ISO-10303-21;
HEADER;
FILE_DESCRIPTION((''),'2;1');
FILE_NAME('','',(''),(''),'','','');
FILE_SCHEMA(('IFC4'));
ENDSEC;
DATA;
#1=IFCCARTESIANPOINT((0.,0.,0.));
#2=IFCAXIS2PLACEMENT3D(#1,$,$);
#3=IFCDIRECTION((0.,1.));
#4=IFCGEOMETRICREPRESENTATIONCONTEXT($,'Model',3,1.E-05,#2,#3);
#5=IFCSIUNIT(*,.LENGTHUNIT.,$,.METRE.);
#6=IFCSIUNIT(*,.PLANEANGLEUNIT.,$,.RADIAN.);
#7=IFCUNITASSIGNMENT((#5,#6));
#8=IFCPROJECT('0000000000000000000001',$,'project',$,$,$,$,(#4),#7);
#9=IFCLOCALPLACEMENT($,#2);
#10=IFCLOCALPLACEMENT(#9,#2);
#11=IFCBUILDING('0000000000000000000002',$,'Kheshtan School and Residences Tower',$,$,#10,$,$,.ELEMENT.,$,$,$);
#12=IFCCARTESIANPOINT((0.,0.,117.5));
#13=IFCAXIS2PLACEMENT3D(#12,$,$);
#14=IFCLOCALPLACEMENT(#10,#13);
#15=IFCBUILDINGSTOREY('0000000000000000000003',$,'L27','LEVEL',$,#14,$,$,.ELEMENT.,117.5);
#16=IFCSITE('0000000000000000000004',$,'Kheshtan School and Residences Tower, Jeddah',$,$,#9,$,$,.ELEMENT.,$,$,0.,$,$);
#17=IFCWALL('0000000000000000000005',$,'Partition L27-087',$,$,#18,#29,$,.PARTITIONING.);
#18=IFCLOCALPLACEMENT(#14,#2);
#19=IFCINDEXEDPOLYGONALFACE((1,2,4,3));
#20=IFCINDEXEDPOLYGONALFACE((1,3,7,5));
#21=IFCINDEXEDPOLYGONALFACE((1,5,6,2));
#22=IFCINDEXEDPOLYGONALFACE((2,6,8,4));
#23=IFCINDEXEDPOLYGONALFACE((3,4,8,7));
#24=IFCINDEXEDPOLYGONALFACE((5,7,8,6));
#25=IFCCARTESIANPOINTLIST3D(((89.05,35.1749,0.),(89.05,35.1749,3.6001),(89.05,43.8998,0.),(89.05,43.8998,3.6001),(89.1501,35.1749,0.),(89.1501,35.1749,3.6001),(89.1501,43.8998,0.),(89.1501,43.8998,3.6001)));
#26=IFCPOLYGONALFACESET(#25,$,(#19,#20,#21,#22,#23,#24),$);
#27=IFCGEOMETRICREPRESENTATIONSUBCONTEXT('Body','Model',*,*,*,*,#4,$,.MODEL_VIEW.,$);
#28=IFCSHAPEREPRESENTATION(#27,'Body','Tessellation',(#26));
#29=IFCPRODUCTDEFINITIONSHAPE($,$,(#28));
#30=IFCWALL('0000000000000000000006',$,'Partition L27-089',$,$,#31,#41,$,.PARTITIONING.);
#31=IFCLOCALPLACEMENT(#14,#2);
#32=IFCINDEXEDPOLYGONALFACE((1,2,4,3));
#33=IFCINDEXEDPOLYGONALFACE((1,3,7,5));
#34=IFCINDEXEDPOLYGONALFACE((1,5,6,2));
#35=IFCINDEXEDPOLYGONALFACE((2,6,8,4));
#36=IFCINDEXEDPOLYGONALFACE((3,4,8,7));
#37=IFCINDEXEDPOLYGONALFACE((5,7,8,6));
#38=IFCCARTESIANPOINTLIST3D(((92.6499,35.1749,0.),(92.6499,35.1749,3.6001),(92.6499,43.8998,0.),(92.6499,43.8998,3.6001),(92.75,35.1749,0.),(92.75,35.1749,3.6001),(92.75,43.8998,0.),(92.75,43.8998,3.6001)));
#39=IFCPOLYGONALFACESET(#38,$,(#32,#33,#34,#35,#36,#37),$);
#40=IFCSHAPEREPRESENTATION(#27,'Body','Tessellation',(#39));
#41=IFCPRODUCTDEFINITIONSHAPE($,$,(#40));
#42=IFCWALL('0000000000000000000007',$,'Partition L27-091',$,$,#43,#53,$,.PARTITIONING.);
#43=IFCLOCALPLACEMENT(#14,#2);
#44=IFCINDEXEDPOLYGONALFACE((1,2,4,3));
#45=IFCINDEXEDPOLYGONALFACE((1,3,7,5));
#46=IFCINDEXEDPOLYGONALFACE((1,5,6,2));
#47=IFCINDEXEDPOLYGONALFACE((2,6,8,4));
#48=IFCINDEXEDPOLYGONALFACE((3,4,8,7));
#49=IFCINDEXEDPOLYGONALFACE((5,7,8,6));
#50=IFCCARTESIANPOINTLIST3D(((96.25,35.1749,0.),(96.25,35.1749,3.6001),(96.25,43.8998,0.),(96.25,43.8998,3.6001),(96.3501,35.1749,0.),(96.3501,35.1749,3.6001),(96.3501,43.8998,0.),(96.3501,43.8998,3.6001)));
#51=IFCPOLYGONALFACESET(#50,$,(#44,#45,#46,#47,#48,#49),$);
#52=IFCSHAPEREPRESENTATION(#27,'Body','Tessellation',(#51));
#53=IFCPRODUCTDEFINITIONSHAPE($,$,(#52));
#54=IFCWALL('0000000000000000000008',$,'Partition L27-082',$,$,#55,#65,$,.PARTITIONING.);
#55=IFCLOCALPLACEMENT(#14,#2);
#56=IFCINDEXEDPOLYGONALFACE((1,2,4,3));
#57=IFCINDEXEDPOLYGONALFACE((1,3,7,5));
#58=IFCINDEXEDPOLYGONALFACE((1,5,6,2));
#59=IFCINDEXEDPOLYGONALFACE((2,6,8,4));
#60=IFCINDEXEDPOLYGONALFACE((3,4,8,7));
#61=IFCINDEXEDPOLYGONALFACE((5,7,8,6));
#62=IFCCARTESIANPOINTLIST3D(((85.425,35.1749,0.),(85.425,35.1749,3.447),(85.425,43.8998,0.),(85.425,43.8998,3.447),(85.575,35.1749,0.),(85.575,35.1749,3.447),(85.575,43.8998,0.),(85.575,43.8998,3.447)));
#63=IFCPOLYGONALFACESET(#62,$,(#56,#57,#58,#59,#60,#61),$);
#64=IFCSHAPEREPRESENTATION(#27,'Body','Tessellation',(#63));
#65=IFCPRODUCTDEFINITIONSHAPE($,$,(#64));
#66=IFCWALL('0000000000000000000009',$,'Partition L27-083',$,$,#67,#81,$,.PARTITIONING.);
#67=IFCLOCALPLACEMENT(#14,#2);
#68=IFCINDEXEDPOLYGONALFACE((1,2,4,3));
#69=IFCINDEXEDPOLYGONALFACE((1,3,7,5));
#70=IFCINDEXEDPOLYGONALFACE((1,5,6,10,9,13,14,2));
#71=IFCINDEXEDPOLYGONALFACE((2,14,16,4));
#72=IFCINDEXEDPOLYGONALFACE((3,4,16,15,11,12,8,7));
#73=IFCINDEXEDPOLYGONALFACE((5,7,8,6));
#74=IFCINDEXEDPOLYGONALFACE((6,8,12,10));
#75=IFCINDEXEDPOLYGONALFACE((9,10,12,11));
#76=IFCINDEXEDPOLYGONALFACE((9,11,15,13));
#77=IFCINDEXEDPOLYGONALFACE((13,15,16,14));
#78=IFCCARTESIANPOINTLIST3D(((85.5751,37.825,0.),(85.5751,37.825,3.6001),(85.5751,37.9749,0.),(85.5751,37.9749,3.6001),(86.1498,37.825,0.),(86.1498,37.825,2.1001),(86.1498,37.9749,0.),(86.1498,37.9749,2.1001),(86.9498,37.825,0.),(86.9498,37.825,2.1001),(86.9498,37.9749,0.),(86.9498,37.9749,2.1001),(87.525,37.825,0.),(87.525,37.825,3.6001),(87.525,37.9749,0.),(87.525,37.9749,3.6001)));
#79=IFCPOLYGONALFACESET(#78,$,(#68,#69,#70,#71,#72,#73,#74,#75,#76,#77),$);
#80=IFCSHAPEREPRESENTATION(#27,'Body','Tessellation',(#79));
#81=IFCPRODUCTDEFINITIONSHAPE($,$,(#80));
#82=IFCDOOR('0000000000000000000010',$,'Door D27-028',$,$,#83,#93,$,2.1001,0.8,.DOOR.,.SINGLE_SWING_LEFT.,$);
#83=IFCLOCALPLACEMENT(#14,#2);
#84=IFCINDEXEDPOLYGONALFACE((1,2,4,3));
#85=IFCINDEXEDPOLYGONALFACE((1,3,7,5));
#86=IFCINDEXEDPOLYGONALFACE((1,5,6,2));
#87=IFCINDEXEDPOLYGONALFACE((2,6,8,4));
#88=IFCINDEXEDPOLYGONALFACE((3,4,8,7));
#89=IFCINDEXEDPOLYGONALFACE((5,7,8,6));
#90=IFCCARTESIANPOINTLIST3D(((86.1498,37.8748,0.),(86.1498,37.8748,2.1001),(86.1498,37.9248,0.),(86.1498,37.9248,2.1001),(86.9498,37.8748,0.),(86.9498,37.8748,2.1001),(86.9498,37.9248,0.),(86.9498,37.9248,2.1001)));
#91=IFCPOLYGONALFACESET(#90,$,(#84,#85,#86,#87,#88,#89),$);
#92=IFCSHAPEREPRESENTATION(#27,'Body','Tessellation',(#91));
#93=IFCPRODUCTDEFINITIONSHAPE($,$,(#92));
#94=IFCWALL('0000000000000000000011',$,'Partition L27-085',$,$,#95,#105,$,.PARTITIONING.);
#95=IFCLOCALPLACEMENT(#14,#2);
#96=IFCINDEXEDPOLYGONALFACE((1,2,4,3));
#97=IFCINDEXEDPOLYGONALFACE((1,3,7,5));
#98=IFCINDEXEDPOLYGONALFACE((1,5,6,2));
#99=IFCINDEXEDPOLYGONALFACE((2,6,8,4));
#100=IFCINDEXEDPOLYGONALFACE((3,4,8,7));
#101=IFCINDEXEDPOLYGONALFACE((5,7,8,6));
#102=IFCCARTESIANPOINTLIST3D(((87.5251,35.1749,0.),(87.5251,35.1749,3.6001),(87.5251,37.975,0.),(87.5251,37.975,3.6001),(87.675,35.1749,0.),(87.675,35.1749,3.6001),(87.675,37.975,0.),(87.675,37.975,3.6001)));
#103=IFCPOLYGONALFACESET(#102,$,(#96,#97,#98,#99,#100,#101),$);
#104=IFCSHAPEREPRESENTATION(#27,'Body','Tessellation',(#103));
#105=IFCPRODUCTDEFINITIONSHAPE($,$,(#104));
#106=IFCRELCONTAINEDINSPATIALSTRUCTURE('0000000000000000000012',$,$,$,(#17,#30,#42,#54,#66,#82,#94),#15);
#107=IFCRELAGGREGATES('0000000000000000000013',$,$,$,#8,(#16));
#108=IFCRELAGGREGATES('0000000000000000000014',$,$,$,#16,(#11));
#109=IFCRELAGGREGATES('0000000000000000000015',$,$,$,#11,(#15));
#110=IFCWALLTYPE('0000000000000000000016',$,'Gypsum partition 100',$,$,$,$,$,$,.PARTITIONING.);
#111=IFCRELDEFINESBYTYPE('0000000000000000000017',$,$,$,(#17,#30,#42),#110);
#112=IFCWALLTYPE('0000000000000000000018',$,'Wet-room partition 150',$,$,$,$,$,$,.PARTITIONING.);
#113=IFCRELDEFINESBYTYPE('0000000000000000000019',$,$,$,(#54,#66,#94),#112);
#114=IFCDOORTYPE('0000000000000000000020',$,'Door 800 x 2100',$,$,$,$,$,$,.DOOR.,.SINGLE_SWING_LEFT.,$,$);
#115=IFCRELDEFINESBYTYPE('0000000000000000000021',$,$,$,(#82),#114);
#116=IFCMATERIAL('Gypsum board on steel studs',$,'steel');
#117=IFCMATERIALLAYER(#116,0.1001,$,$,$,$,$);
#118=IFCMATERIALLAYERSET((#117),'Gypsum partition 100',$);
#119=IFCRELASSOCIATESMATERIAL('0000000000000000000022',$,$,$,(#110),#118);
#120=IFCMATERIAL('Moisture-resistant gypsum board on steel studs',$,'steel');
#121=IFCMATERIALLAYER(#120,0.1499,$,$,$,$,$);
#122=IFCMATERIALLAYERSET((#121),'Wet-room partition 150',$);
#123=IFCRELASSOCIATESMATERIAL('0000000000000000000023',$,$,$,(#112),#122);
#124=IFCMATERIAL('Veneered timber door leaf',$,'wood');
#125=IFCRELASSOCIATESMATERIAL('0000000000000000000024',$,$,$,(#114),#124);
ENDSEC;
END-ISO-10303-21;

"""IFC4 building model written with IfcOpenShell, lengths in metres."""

from ifc_helpers import new_model, si_unit, direction, frame, frame_2d, origin, place, context, subcontext, project, spatial, rectangle, extrude, source, transform, mapped, material, layer, layer_set, type_object, element, fill, save


model = new_model("IFC4")

# Units and contexts
model_context = context("Model", 3, precision=1e-05, world=origin(), true_north=direction((0.0, 1.0)))
body_context = subcontext(model_context, "Body", "Model", "MODEL_VIEW")
ifc_project = project(units=[si_unit("LENGTHUNIT", "METRE"), si_unit("PLANEANGLEUNIT", "RADIAN")], contexts=[model_context])

# Site, building, storey
site_placement = place(None, origin())
site = spatial("IfcSite", under=ifc_project, at=site_placement, Name="Kheshtan School and Residences Tower, Jeddah", CompositionType="ELEMENT", RefElevation=0.0)
building_placement = place(site_placement, origin())
building = spatial("IfcBuilding", under=site, at=building_placement, Name="Kheshtan School and Residences Tower", CompositionType="ELEMENT")
storey_placement = place(building_placement, frame((0.0, 0.0, 117.5)))
storey = spatial("IfcBuildingStorey", under=building, at=storey_placement, Name="L27", Description="LEVEL", CompositionType="ELEMENT", Elevation=117.5)

# Walls
ifc_material_1 = material(Name="Gypsum board on steel studs", Category="steel")
ifc_layer_1 = layer(ifc_material_1, 0.1001)
ifc_layer_set_1 = layer_set([ifc_layer_1], Name="Gypsum partition 100")
wall_type_1 = type_object("IfcWallType", Name="Gypsum partition 100", PredefinedType="PARTITIONING", material=ifc_layer_set_1)
for number, where, z_axis, x_axis, name in (
    (1, (89.1001, 35.175, 0.0), (0.0, 0.0, 1.0), (0.0, 1.0, 0.0), "Partition L27-087"),
    (2, (92.7, 35.175, 0.0), (0.0, 0.0, 1.0), (0.0, 1.0, 0.0), "Partition L27-089"),
    (3, (96.3, 35.175, 0.0), (0.0, 0.0, 1.0), (0.0, 1.0, 0.0), "Partition L27-091"),
):
    element("IfcWall", number, at=place(storey_placement, frame(where, z_axis=z_axis, x_axis=x_axis)), inside=storey, type_object=wall_type_1, Name=name, PredefinedType="PARTITIONING", context=body_context, shape_type="SweptSolid", body=[
        extrude(rectangle(XDim=8.7249, YDim=0.1001, at=frame_2d((4.3623, 0.0))), origin(), (0.0, 0.0, 1.0), 3.6001),
    ])
ifc_material_2 = material(Name="Moisture-resistant gypsum board on steel studs", Category="steel")
ifc_layer_2 = layer(ifc_material_2, 0.1499)
ifc_layer_set_2 = layer_set([ifc_layer_2], Name="Wet-room partition 150")
wall_type_2 = type_object("IfcWallType", Name="Wet-room partition 150", PredefinedType="PARTITIONING", material=ifc_layer_set_2)
wall_1_placement = place(storey_placement, frame((85.5, 35.175, 0.0), z_axis=(0.0, 0.0, 1.0), x_axis=(0.0, 1.0, 0.0)))
element("IfcWall", 4, at=wall_1_placement, inside=storey, type_object=wall_type_2, Name="Partition L27-082", PredefinedType="PARTITIONING", context=body_context, shape_type="SweptSolid", body=[
    extrude(rectangle(XDim=8.7249, YDim=0.1499, at=frame_2d((4.3623, 0.0))), origin(), (0.0, 0.0, 1.0), 3.447),
])

# Wall, opening, door
wall_2_placement = place(storey_placement, frame((85.575, 37.8999, 0.0), z_axis=(0.0, 0.0, 1.0), x_axis=(1.0, 0.0, 0.0)))
wall_2 = element("IfcWall", 5, at=wall_2_placement, inside=storey, type_object=wall_type_2, Name="Partition L27-083", PredefinedType="PARTITIONING", context=body_context, shape_type="SweptSolid", body=[
    extrude(rectangle(XDim=1.95, YDim=0.1499, at=frame_2d((0.9751, 0.0))), origin(), (0.0, 0.0, 1.0), 3.6001),
])
opening_1_placement = place(wall_2_placement, frame((0.575, 0.0, 0.0)))
opening_1 = element("IfcOpeningElement", 6, at=opening_1_placement, cuts=wall_2, PredefinedType="OPENING", context=body_context, shape_type="SweptSolid", body=[
    extrude(rectangle(XDim=0.8, YDim=2.1001, at=frame_2d((0.3999, 1.05))), frame((0.0, 0.085, 0.0), z_axis=(0.0, -1.0, 0.0), x_axis=(1.0, 0.0, 0.0)), (0.0, 0.0, 1.0), 0.1699),
])
ifc_material_3 = material(Name="Veneered timber door leaf", Category="wood")
door_type_1 = type_object("IfcDoorType", Name="Door 800 x 2100", OperationType="SINGLE_SWING_LEFT", PredefinedType="DOOR", material=ifc_material_3)
shared_shape_1 = source(origin(), body_context, "Body", "SweptSolid", [
    extrude(rectangle(XDim=0.8, YDim=2.1001, at=frame_2d((0.3999, 1.05))), frame((0.0, 0.0249, 0.0), z_axis=(0.0, -1.0, 0.0), x_axis=(1.0, 0.0, 0.0)), (0.0, 0.0, 1.0), 0.05),
])
door_1_placement = place(opening_1_placement, origin())
door_1 = element("IfcDoor", 7, at=door_1_placement, inside=storey, type_object=door_type_1, Name="Door D27-028", OperationType="SINGLE_SWING_LEFT", OverallHeight=2.1001, OverallWidth=0.8, PredefinedType="DOOR", context=body_context, shape_type="MappedRepresentation", body=[
    mapped(shared_shape_1, transform((0.0, 0.0, 0.0), x_axis=(1.0, 0.0, 0.0), y_axis=(0.0, 1.0, 0.0), z_axis=(0.0, 0.0, 1.0), scale=1.0)),
])
fill(opening_1, door_1)

# Wall
wall_3_placement = place(storey_placement, frame((87.6001, 35.175, 0.0), z_axis=(0.0, 0.0, 1.0), x_axis=(0.0, 1.0, 0.0)))
element("IfcWall", 8, at=wall_3_placement, inside=storey, type_object=wall_type_2, Name="Partition L27-085", PredefinedType="PARTITIONING", context=body_context, shape_type="SweptSolid", body=[
    extrude(rectangle(XDim=2.8, YDim=0.1499, at=frame_2d((1.3999, 0.0))), origin(), (0.0, 0.0, 1.0), 3.6001),
])

save(model, "model.ifc")
